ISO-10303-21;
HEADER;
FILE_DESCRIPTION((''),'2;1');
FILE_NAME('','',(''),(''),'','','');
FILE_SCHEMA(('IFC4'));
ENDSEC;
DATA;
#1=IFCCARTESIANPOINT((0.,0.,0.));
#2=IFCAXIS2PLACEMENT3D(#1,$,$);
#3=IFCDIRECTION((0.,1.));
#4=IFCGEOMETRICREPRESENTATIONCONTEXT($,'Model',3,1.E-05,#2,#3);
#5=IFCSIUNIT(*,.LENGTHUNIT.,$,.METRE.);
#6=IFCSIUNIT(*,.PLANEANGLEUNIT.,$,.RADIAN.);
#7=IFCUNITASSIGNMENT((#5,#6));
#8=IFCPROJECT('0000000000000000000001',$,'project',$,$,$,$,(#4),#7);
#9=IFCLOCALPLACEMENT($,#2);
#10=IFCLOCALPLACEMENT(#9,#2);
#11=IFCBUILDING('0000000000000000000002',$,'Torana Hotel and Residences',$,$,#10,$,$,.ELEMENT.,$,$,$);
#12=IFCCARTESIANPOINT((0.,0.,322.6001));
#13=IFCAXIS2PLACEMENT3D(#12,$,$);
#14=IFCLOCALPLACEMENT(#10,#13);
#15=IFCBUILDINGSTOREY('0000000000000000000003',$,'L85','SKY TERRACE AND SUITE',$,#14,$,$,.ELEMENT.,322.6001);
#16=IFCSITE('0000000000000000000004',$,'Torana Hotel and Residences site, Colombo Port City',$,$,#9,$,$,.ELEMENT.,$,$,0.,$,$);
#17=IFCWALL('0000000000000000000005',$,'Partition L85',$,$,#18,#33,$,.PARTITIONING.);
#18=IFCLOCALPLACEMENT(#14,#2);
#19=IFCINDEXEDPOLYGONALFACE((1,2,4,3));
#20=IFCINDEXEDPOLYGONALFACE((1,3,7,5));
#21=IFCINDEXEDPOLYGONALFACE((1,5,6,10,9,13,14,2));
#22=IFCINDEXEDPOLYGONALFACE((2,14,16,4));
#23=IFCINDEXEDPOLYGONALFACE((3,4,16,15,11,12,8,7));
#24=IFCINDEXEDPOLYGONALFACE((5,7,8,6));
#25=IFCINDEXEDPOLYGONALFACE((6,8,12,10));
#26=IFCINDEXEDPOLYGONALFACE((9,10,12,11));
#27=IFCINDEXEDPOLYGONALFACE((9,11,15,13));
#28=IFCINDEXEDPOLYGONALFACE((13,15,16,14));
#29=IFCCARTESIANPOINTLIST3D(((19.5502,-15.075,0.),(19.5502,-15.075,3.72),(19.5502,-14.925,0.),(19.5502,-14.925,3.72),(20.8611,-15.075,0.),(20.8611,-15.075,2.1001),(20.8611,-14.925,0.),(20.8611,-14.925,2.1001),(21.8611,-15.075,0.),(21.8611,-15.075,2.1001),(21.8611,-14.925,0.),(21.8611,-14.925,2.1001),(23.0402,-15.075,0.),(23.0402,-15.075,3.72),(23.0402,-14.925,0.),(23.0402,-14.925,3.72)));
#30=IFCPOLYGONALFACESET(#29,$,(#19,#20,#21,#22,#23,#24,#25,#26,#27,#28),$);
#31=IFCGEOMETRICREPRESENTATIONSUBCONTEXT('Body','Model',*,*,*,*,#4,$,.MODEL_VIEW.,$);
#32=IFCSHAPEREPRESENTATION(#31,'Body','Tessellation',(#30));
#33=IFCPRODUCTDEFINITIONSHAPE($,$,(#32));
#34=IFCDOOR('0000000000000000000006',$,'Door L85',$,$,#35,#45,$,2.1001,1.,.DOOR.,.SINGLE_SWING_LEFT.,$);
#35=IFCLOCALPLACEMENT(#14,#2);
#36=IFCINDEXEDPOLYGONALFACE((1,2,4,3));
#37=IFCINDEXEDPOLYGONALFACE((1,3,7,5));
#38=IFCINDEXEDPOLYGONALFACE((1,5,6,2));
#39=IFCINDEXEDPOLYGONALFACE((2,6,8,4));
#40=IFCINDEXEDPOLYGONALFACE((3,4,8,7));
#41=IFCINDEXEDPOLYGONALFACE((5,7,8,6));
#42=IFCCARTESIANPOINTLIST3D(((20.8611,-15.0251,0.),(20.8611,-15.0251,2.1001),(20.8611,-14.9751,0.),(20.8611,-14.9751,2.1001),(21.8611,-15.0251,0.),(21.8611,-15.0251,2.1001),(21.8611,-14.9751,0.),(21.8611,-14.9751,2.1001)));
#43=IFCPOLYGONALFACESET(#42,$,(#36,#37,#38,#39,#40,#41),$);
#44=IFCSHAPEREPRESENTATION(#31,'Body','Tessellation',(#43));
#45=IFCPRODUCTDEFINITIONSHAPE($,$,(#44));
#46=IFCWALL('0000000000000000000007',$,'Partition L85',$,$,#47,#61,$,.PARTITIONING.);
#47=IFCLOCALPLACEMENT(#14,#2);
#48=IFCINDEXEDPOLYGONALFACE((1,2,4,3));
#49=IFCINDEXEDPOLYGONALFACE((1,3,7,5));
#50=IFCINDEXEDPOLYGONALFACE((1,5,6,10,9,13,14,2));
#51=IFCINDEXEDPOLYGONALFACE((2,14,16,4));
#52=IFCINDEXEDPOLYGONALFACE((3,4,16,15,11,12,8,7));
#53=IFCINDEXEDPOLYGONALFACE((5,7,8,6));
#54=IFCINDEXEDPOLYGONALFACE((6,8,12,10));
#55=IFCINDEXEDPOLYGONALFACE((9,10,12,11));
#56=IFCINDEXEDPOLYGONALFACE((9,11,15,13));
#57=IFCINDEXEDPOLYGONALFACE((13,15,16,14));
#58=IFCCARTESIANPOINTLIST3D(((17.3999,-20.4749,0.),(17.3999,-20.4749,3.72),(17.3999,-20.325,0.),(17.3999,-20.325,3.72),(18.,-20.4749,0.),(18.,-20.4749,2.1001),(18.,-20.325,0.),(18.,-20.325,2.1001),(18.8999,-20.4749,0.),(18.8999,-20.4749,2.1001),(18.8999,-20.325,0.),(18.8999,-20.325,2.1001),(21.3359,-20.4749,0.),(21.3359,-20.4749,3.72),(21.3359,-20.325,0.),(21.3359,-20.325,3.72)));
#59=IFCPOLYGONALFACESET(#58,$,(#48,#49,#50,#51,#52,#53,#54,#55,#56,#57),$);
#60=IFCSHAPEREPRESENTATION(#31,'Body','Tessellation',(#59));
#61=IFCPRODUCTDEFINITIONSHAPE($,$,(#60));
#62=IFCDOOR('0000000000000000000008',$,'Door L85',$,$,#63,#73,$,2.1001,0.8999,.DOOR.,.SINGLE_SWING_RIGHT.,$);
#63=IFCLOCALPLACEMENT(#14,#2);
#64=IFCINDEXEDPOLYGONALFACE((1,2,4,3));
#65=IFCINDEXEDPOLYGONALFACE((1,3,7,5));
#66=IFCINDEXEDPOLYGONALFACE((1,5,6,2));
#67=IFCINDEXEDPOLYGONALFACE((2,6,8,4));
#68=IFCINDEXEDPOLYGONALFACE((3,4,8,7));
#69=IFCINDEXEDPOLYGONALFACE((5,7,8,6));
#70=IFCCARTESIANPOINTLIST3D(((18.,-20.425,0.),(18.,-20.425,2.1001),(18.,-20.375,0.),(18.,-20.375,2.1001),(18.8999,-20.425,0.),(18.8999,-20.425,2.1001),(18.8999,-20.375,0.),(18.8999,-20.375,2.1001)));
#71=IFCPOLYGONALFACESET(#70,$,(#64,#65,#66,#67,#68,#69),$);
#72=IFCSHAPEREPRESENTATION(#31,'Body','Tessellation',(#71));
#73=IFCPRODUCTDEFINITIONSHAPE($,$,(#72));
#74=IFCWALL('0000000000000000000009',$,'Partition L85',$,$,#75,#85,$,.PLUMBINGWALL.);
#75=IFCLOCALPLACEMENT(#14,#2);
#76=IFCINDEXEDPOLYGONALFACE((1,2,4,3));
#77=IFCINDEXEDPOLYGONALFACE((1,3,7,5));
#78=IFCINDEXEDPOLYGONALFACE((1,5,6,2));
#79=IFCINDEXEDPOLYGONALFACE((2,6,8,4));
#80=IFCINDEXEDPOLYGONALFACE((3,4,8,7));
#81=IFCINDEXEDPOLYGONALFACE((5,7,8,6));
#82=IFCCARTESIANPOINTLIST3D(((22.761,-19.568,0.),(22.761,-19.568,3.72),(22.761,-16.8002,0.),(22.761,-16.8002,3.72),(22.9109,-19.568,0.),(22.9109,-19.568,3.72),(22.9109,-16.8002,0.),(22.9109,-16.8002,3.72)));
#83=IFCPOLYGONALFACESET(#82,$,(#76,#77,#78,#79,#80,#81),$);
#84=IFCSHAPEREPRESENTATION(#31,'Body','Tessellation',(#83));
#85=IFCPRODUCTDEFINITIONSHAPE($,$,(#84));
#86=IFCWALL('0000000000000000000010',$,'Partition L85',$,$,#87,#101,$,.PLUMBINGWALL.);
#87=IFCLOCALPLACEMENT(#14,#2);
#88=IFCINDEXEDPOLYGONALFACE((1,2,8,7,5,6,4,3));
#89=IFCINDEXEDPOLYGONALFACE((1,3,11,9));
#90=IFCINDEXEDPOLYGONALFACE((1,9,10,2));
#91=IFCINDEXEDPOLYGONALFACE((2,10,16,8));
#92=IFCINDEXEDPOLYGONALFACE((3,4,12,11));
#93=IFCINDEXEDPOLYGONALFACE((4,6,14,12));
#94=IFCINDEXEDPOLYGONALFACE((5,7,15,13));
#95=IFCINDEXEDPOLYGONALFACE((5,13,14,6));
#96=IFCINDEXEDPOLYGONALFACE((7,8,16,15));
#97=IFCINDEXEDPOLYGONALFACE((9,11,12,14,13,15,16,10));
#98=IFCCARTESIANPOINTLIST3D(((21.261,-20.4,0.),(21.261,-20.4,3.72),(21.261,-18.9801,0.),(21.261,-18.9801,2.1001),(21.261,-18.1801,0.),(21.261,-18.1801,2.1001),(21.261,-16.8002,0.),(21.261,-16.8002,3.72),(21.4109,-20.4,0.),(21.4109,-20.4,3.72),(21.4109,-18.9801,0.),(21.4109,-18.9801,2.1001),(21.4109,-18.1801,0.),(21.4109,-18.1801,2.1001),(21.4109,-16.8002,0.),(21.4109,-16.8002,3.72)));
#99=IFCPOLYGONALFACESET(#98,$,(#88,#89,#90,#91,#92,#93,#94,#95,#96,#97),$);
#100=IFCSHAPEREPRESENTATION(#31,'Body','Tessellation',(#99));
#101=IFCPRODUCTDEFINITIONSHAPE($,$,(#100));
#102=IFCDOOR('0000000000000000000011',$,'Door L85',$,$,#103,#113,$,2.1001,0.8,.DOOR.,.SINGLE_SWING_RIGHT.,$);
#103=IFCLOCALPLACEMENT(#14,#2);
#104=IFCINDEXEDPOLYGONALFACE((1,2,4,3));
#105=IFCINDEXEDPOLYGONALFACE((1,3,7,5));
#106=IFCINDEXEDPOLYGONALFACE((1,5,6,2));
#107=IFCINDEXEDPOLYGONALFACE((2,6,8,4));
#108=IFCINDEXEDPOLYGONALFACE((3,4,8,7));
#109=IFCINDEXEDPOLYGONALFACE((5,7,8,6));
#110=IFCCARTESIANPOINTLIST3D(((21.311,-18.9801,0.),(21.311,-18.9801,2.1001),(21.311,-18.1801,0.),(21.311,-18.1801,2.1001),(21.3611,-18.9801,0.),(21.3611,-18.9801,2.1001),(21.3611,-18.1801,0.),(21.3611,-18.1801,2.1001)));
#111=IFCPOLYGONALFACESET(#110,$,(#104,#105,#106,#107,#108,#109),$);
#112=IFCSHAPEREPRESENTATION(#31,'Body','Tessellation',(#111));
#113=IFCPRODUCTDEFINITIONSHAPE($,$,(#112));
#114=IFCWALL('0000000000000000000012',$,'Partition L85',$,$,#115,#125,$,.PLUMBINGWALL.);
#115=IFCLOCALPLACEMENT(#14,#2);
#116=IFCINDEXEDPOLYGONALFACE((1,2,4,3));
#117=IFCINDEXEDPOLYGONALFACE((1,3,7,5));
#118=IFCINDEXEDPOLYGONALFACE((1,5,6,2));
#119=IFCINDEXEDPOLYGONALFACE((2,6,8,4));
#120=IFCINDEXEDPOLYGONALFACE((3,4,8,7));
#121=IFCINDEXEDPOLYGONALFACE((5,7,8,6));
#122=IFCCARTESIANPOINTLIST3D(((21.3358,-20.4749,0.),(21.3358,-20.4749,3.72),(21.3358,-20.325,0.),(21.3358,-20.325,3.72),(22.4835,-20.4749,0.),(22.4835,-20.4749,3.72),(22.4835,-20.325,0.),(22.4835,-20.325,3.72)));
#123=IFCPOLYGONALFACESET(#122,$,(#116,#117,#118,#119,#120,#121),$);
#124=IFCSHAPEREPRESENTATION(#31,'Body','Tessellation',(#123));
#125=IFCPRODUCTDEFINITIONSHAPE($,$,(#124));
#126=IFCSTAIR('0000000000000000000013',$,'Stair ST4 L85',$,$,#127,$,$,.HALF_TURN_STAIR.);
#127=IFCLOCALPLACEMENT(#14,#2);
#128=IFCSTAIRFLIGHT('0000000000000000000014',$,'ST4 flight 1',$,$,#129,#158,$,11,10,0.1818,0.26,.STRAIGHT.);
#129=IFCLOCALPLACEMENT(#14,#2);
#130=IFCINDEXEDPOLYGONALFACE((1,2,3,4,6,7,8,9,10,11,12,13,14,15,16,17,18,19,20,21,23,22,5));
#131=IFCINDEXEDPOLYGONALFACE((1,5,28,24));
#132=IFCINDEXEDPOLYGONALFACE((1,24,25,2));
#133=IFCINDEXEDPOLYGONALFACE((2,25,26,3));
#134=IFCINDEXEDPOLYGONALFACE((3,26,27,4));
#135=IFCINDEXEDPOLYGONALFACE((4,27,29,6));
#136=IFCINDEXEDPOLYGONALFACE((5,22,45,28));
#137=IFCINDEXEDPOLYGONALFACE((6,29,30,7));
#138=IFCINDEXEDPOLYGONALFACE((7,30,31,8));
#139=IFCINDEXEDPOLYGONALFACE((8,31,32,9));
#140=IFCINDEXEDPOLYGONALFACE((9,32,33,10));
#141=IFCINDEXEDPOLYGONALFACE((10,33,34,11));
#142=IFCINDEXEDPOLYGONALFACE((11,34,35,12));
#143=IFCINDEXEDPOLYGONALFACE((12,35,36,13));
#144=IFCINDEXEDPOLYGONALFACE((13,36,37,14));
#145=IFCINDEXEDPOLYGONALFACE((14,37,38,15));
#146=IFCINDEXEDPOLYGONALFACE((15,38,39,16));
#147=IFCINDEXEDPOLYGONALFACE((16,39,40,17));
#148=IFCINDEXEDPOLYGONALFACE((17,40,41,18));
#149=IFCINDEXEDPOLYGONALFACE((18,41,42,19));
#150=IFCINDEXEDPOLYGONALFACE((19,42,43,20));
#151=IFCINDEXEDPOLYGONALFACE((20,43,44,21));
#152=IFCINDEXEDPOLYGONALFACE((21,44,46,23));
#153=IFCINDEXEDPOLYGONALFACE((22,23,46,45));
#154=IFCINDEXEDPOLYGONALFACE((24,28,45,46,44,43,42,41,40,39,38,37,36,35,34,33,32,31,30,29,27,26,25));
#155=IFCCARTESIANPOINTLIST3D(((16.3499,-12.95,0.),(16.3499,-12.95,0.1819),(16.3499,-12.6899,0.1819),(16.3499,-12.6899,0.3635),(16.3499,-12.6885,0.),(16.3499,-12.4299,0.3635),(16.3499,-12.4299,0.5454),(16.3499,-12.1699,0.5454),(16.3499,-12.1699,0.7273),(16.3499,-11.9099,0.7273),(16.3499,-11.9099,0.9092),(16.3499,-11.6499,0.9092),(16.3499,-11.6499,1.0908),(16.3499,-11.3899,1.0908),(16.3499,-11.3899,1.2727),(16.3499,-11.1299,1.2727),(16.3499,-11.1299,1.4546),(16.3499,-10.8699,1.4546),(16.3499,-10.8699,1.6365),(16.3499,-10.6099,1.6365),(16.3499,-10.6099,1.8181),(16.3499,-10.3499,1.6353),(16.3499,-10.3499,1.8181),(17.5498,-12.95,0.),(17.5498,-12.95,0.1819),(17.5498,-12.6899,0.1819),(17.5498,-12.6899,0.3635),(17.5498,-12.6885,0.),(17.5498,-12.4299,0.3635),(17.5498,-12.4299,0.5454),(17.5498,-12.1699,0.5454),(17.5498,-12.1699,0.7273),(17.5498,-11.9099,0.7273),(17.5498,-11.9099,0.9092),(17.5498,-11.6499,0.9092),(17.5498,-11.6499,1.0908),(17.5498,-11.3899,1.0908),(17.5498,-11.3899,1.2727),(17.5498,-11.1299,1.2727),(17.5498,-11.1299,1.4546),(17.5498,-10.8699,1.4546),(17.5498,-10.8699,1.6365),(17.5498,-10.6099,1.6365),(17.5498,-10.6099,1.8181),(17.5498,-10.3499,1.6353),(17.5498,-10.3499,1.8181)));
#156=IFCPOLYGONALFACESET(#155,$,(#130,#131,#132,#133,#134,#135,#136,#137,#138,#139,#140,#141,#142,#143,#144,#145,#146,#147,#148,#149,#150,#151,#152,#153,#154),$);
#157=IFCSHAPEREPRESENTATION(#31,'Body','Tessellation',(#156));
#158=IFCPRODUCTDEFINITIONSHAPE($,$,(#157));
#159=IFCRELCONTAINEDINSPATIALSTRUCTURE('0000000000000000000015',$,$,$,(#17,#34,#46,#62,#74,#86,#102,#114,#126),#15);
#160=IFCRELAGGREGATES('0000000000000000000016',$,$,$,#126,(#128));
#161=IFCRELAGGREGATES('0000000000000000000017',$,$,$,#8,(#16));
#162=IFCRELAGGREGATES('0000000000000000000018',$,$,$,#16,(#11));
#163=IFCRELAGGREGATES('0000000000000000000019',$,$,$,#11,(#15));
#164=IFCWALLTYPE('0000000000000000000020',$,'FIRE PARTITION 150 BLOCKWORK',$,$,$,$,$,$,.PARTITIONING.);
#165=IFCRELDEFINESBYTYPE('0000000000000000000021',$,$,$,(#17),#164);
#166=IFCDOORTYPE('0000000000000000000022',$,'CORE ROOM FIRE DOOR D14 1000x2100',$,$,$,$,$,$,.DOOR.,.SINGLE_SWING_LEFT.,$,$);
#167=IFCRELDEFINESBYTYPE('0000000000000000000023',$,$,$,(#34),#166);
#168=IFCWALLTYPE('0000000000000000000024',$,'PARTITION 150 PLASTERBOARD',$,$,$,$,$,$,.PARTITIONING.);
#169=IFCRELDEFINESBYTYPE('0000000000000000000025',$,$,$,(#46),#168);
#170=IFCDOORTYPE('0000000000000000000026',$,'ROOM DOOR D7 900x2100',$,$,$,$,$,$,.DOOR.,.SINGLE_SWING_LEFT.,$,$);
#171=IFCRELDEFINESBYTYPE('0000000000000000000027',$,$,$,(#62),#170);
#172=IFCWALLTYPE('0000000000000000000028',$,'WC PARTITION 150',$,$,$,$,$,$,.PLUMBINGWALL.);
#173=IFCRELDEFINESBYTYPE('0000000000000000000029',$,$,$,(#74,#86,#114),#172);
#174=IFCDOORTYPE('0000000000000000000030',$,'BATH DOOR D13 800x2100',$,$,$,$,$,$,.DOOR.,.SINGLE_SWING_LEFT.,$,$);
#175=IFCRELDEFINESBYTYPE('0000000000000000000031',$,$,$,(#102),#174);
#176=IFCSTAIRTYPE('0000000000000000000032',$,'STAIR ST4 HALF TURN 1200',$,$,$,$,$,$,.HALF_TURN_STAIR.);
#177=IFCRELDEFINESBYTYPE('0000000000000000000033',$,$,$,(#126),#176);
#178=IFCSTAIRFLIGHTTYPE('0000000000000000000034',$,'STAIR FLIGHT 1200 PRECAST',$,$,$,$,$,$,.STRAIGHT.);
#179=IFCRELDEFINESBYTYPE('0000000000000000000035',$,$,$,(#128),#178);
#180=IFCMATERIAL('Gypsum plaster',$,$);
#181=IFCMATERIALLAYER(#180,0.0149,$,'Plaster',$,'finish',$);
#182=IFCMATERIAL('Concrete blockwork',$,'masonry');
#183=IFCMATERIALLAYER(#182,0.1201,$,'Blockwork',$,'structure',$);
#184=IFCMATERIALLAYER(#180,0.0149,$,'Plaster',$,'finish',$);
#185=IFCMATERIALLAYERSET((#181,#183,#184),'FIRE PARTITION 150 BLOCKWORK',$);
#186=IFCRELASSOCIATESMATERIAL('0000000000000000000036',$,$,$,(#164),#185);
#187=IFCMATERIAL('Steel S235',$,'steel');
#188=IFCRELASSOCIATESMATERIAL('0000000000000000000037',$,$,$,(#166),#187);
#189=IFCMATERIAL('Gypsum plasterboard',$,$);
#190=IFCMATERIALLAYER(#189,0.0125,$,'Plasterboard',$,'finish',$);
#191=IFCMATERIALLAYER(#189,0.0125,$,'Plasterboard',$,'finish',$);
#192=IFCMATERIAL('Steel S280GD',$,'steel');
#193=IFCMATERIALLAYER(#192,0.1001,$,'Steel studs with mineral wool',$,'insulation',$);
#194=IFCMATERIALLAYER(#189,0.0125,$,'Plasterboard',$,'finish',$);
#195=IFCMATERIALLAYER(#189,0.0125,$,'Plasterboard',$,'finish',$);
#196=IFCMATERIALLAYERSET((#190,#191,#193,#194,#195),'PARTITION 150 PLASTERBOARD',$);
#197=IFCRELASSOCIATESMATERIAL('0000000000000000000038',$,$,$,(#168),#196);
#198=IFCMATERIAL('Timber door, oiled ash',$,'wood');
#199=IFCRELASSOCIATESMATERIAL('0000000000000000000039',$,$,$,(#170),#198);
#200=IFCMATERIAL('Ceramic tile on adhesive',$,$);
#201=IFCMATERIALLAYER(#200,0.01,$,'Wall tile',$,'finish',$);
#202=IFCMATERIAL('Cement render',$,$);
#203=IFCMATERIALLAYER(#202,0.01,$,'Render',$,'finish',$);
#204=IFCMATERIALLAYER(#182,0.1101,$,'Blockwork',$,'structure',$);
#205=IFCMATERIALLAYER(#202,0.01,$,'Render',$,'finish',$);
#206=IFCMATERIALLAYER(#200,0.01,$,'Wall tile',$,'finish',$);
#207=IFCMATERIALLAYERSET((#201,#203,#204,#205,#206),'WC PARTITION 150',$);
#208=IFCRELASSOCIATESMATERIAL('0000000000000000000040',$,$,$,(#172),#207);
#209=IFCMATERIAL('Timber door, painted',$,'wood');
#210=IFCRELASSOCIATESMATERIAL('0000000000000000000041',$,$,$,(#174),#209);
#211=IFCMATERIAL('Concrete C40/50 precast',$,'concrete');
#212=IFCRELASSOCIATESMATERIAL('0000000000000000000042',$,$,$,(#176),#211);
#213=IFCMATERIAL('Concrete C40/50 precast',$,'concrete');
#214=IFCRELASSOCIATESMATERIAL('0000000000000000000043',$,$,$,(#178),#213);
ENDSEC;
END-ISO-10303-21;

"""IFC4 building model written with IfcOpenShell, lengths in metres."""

from ifc_helpers import new_model, si_unit, direction, frame, frame_2d, origin, place, context, subcontext, project, spatial, polyline, rectangle, outline, extrude, material, layer, layer_set, type_object, element, fill, aggregate, save


model = new_model("IFC4")

# Units and contexts
model_context = context("Model", 3, precision=1e-05, world=origin(), true_north=direction((0.0, 1.0)))
body_context = subcontext(model_context, "Body", "Model", "MODEL_VIEW")
ifc_project = project(units=[si_unit("LENGTHUNIT", "METRE"), si_unit("PLANEANGLEUNIT", "RADIAN")], contexts=[model_context])

# Site, building, storey
site_placement = place(None, origin())
site = spatial("IfcSite", under=ifc_project, at=site_placement, Name="Torana Hotel and Residences site, Colombo Port City", CompositionType="ELEMENT", RefElevation=0.0)
building_placement = place(site_placement, origin())
building = spatial("IfcBuilding", under=site, at=building_placement, Name="Torana Hotel and Residences", CompositionType="ELEMENT")
storey_placement = place(building_placement, frame((0.0, 0.0, 322.6001)))
storey = spatial("IfcBuildingStorey", under=building, at=storey_placement, Name="L85", Description="SKY TERRACE AND SUITE", CompositionType="ELEMENT", Elevation=322.6001)

# Shared definitions
ifc_material_1 = material(Name="Steel S280GD", Category="steel")

# Shared definitions
ifc_material_2 = material(Name="Gypsum plaster")
ifc_layer_1 = layer(ifc_material_2, 0.0149, Name="Plaster", Category="finish")
ifc_material_3 = material(Name="Concrete blockwork", Category="masonry")
ifc_layer_2 = layer(ifc_material_3, 0.1201, Name="Blockwork", Category="structure")
ifc_layer_3 = layer(ifc_material_2, 0.0149, Name="Plaster", Category="finish")
ifc_layer_set_1 = layer_set([ifc_layer_1, ifc_layer_2, ifc_layer_3], Name="FIRE PARTITION 150 BLOCKWORK")
wall_type_1 = type_object("IfcWallType", Name="FIRE PARTITION 150 BLOCKWORK", PredefinedType="PARTITIONING", material=ifc_layer_set_1)

# Walls, openings, doors
wall_1_placement = place(storey_placement, frame((19.55, -15.0, 0.0), z_axis=(0.0, 0.0, 1.0), x_axis=(1.0, 0.0, 0.0)))
wall_1 = element("IfcWall", 1, at=wall_1_placement, inside=storey, type_object=wall_type_1, Name="Partition L85", PredefinedType="PARTITIONING", context=body_context, shape_type="SweptSolid", body=[
    extrude(rectangle(XDim=3.49, YDim=0.1499, at=frame_2d((1.7451, 0.0))), origin(), (0.0, 0.0, 1.0), 3.72),
])
opening_1_placement = place(wall_1_placement, frame((1.311, 0.0, 0.0)))
opening_1 = element("IfcOpeningElement", 2, at=opening_1_placement, cuts=wall_1, PredefinedType="OPENING", context=body_context, shape_type="SweptSolid", body=[
    extrude(rectangle(XDim=1.0, YDim=2.1001, at=frame_2d((0.5, 1.05))), frame((0.0, 0.085, 0.0), z_axis=(0.0, -1.0, 0.0), x_axis=(1.0, 0.0, 0.0)), (0.0, 0.0, 1.0), 0.1699),
])
ifc_material_4 = material(Name="Steel S235", Category="steel")
door_type_1 = type_object("IfcDoorType", Name="CORE ROOM FIRE DOOR D14 1000x2100", OperationType="SINGLE_SWING_LEFT", PredefinedType="DOOR", material=ifc_material_4)
door_1_placement = place(opening_1_placement, origin())
door_1 = element("IfcDoor", 3, at=door_1_placement, inside=storey, type_object=door_type_1, Name="Door L85", OperationType="SINGLE_SWING_LEFT", OverallHeight=2.1001, OverallWidth=1.0, PredefinedType="DOOR", context=body_context, shape_type="SweptSolid", body=[
    extrude(rectangle(XDim=1.0, YDim=2.1001, at=frame_2d((0.5, 1.05))), frame((0.0, 0.0249, 0.0), z_axis=(0.0, -1.0, 0.0), x_axis=(1.0, 0.0, 0.0)), (0.0, 0.0, 1.0), 0.05),
])
fill(opening_1, door_1)
ifc_material_5 = material(Name="Gypsum plasterboard")
ifc_layer_4 = layer(ifc_material_5, 0.0125, Name="Plasterboard", Category="finish")
ifc_layer_5 = layer(ifc_material_5, 0.0125, Name="Plasterboard", Category="finish")
ifc_layer_6 = layer(ifc_material_1, 0.1001, Name="Steel studs with mineral wool", Category="insulation")
ifc_layer_7 = layer(ifc_material_5, 0.0125, Name="Plasterboard", Category="finish")
ifc_layer_8 = layer(ifc_material_5, 0.0125, Name="Plasterboard", Category="finish")
ifc_layer_set_2 = layer_set([ifc_layer_4, ifc_layer_5, ifc_layer_6, ifc_layer_7, ifc_layer_8], Name="PARTITION 150 PLASTERBOARD")
wall_type_2 = type_object("IfcWallType", Name="PARTITION 150 PLASTERBOARD", PredefinedType="PARTITIONING", material=ifc_layer_set_2)
wall_2_placement = place(storey_placement, frame((17.3999, -20.3999, 0.0), z_axis=(0.0, 0.0, 1.0), x_axis=(1.0, 0.0, 0.0)))
wall_2 = element("IfcWall", 4, at=wall_2_placement, inside=storey, type_object=wall_type_2, Name="Partition L85", PredefinedType="PARTITIONING", context=body_context, shape_type="SweptSolid", body=[
    extrude(rectangle(XDim=3.936, YDim=0.1499, at=frame_2d((1.968, 0.0))), origin(), (0.0, 0.0, 1.0), 3.72),
])
opening_2_placement = place(wall_2_placement, frame((0.6001, 0.0, 0.0)))
opening_2 = element("IfcOpeningElement", 5, at=opening_2_placement, cuts=wall_2, PredefinedType="OPENING", context=body_context, shape_type="SweptSolid", body=[
    extrude(rectangle(XDim=0.8999, YDim=2.1001, at=frame_2d((0.45, 1.05))), frame((0.0, 0.085, 0.0), z_axis=(0.0, -1.0, 0.0), x_axis=(1.0, 0.0, 0.0)), (0.0, 0.0, 1.0), 0.1699),
])
ifc_material_6 = material(Name="Timber door, oiled ash", Category="wood")
door_type_2 = type_object("IfcDoorType", Name="ROOM DOOR D7 900x2100", OperationType="SINGLE_SWING_LEFT", PredefinedType="DOOR", material=ifc_material_6)
door_2_placement = place(opening_2_placement, origin())
door_2 = element("IfcDoor", 6, at=door_2_placement, inside=storey, type_object=door_type_2, Name="Door L85", OperationType="SINGLE_SWING_RIGHT", OverallHeight=2.1001, OverallWidth=0.8999, PredefinedType="DOOR", context=body_context, shape_type="SweptSolid", body=[
    extrude(rectangle(XDim=0.8999, YDim=2.1001, at=frame_2d((0.45, 1.05))), frame((0.0, 0.0249, 0.0), z_axis=(0.0, -1.0, 0.0), x_axis=(1.0, 0.0, 0.0)), (0.0, 0.0, 1.0), 0.05),
])
fill(opening_2, door_2)

# Wall
ifc_material_7 = material(Name="Ceramic tile on adhesive")
ifc_layer_9 = layer(ifc_material_7, 0.01, Name="Wall tile", Category="finish")
ifc_material_8 = material(Name="Cement render")
ifc_layer_10 = layer(ifc_material_8, 0.01, Name="Render", Category="finish")
ifc_layer_11 = layer(ifc_material_3, 0.1101, Name="Blockwork", Category="structure")
ifc_layer_12 = layer(ifc_material_8, 0.01, Name="Render", Category="finish")
ifc_layer_13 = layer(ifc_material_7, 0.01, Name="Wall tile", Category="finish")
ifc_layer_set_3 = layer_set([ifc_layer_9, ifc_layer_10, ifc_layer_11, ifc_layer_12, ifc_layer_13], Name="WC PARTITION 150")
wall_type_3 = type_object("IfcWallType", Name="WC PARTITION 150", PredefinedType="PLUMBINGWALL", material=ifc_layer_set_3)
wall_3_placement = place(storey_placement, frame((22.8359, -19.5679, 0.0), z_axis=(0.0, 0.0, 1.0), x_axis=(0.0, 1.0, 0.0)))
element("IfcWall", 7, at=wall_3_placement, inside=storey, type_object=wall_type_3, Name="Partition L85", PredefinedType="PLUMBINGWALL", context=body_context, shape_type="SweptSolid", body=[
    extrude(rectangle(XDim=2.7678, YDim=0.1499, at=frame_2d((1.3838, 0.0))), origin(), (0.0, 0.0, 1.0), 3.72),
])

# Wall, opening, door
wall_4_placement = place(storey_placement, frame((21.3359, -20.3999, 0.0), z_axis=(0.0, 0.0, 1.0), x_axis=(0.0, 1.0, 0.0)))
wall_4 = element("IfcWall", 8, at=wall_4_placement, inside=storey, type_object=wall_type_3, Name="Partition L85", PredefinedType="PLUMBINGWALL", context=body_context, shape_type="SweptSolid", body=[
    extrude(rectangle(XDim=3.5999, YDim=0.1499, at=frame_2d((1.7998, 0.0))), origin(), (0.0, 0.0, 1.0), 3.72),
])
opening_3_placement = place(wall_4_placement, frame((1.4199, 0.0, 0.0)))
opening_3 = element("IfcOpeningElement", 9, at=opening_3_placement, cuts=wall_4, PredefinedType="OPENING", context=body_context, shape_type="SweptSolid", body=[
    extrude(rectangle(XDim=0.8, YDim=2.1001, at=frame_2d((0.3999, 1.05))), frame((0.0, 0.085, 0.0), z_axis=(0.0, -1.0, 0.0), x_axis=(1.0, 0.0, 0.0)), (0.0, 0.0, 1.0), 0.1699),
])
ifc_material_9 = material(Name="Timber door, painted", Category="wood")
door_type_3 = type_object("IfcDoorType", Name="BATH DOOR D13 800x2100", OperationType="SINGLE_SWING_LEFT", PredefinedType="DOOR", material=ifc_material_9)
door_3_placement = place(opening_3_placement, origin())
door_3 = element("IfcDoor", 10, at=door_3_placement, inside=storey, type_object=door_type_3, Name="Door L85", OperationType="SINGLE_SWING_RIGHT", OverallHeight=2.1001, OverallWidth=0.8, PredefinedType="DOOR", context=body_context, shape_type="SweptSolid", body=[
    extrude(rectangle(XDim=0.8, YDim=2.1001, at=frame_2d((0.3999, 1.05))), frame((0.0, 0.0249, 0.0), z_axis=(0.0, -1.0, 0.0), x_axis=(1.0, 0.0, 0.0)), (0.0, 0.0, 1.0), 0.05),
])
fill(opening_3, door_3)

# Wall
wall_5_placement = place(storey_placement, frame((21.3359, -20.3999, 0.0), z_axis=(0.0, 0.0, 1.0), x_axis=(1.0, 0.0, 0.0)))
element("IfcWall", 11, at=wall_5_placement, inside=storey, type_object=wall_type_3, Name="Partition L85", PredefinedType="PLUMBINGWALL", context=body_context, shape_type="SweptSolid", body=[
    extrude(rectangle(XDim=1.1477, YDim=0.1499, at=frame_2d((0.5737, 0.0))), origin(), (0.0, 0.0, 1.0), 3.72),
])

# Stair, stair flight
ifc_material_10 = material(Name="Concrete C40/50 precast", Category="concrete")
stair_type = type_object("IfcStairType", Name="STAIR ST4 HALF TURN 1200", PredefinedType="HALF_TURN_STAIR", material=ifc_material_10)
stair_placement = place(storey_placement, origin())
stair = element("IfcStair", 12, at=stair_placement, inside=storey, type_object=stair_type, Name="Stair ST4 L85", PredefinedType="HALF_TURN_STAIR")
ifc_material_11 = material(Name="Concrete C40/50 precast", Category="concrete")
stair_flight_type = type_object("IfcStairFlightType", Name="STAIR FLIGHT 1200 PRECAST", PredefinedType="STRAIGHT", material=ifc_material_11)
stair_flight_placement = place(storey_placement, frame((16.95, -12.95, 0.0), z_axis=(0.0, 0.0, 1.0), x_axis=(0.0, 1.0, 0.0)))
stair_flight = element("IfcStairFlight", 13, at=stair_flight_placement, type_object=stair_flight_type, Name="ST4 flight 1", NumberOfRisers=11, NumberOfTreads=10, PredefinedType="STRAIGHT", RiserHeight=0.1818, TreadLength=0.26, context=body_context, shape_type="SweptSolid", body=[
    extrude(outline(polyline([(0.0, 0.0), (0.0, 0.1819), (0.26, 0.1819), (0.26, 0.3635), (0.52, 0.3635), (0.52, 0.5454), (0.78, 0.5454), (0.78, 0.7273), (1.04, 0.7273), (1.04, 0.9092), (1.3, 0.9092), (1.3, 1.0908), (1.5601, 1.0908), (1.5601, 1.2727), (1.8201, 1.2727), (1.8201, 1.4546), (2.0801, 1.4546), (2.0801, 1.6365), (2.3401, 1.6365), (2.3401, 1.8181), (2.6001, 1.8181), (2.6001, 2.0), (2.6001, 1.6353), (0.2615, 0.0), (0.0, 0.0)])), frame((0.0, 0.6001, 0.0), z_axis=(0.0, -1.0, 0.0), x_axis=(1.0, 0.0, 0.0)), (0.0, 0.0, 1.0), 1.2),
])
aggregate(stair, [stair_flight])

save(model, "model.ifc")
